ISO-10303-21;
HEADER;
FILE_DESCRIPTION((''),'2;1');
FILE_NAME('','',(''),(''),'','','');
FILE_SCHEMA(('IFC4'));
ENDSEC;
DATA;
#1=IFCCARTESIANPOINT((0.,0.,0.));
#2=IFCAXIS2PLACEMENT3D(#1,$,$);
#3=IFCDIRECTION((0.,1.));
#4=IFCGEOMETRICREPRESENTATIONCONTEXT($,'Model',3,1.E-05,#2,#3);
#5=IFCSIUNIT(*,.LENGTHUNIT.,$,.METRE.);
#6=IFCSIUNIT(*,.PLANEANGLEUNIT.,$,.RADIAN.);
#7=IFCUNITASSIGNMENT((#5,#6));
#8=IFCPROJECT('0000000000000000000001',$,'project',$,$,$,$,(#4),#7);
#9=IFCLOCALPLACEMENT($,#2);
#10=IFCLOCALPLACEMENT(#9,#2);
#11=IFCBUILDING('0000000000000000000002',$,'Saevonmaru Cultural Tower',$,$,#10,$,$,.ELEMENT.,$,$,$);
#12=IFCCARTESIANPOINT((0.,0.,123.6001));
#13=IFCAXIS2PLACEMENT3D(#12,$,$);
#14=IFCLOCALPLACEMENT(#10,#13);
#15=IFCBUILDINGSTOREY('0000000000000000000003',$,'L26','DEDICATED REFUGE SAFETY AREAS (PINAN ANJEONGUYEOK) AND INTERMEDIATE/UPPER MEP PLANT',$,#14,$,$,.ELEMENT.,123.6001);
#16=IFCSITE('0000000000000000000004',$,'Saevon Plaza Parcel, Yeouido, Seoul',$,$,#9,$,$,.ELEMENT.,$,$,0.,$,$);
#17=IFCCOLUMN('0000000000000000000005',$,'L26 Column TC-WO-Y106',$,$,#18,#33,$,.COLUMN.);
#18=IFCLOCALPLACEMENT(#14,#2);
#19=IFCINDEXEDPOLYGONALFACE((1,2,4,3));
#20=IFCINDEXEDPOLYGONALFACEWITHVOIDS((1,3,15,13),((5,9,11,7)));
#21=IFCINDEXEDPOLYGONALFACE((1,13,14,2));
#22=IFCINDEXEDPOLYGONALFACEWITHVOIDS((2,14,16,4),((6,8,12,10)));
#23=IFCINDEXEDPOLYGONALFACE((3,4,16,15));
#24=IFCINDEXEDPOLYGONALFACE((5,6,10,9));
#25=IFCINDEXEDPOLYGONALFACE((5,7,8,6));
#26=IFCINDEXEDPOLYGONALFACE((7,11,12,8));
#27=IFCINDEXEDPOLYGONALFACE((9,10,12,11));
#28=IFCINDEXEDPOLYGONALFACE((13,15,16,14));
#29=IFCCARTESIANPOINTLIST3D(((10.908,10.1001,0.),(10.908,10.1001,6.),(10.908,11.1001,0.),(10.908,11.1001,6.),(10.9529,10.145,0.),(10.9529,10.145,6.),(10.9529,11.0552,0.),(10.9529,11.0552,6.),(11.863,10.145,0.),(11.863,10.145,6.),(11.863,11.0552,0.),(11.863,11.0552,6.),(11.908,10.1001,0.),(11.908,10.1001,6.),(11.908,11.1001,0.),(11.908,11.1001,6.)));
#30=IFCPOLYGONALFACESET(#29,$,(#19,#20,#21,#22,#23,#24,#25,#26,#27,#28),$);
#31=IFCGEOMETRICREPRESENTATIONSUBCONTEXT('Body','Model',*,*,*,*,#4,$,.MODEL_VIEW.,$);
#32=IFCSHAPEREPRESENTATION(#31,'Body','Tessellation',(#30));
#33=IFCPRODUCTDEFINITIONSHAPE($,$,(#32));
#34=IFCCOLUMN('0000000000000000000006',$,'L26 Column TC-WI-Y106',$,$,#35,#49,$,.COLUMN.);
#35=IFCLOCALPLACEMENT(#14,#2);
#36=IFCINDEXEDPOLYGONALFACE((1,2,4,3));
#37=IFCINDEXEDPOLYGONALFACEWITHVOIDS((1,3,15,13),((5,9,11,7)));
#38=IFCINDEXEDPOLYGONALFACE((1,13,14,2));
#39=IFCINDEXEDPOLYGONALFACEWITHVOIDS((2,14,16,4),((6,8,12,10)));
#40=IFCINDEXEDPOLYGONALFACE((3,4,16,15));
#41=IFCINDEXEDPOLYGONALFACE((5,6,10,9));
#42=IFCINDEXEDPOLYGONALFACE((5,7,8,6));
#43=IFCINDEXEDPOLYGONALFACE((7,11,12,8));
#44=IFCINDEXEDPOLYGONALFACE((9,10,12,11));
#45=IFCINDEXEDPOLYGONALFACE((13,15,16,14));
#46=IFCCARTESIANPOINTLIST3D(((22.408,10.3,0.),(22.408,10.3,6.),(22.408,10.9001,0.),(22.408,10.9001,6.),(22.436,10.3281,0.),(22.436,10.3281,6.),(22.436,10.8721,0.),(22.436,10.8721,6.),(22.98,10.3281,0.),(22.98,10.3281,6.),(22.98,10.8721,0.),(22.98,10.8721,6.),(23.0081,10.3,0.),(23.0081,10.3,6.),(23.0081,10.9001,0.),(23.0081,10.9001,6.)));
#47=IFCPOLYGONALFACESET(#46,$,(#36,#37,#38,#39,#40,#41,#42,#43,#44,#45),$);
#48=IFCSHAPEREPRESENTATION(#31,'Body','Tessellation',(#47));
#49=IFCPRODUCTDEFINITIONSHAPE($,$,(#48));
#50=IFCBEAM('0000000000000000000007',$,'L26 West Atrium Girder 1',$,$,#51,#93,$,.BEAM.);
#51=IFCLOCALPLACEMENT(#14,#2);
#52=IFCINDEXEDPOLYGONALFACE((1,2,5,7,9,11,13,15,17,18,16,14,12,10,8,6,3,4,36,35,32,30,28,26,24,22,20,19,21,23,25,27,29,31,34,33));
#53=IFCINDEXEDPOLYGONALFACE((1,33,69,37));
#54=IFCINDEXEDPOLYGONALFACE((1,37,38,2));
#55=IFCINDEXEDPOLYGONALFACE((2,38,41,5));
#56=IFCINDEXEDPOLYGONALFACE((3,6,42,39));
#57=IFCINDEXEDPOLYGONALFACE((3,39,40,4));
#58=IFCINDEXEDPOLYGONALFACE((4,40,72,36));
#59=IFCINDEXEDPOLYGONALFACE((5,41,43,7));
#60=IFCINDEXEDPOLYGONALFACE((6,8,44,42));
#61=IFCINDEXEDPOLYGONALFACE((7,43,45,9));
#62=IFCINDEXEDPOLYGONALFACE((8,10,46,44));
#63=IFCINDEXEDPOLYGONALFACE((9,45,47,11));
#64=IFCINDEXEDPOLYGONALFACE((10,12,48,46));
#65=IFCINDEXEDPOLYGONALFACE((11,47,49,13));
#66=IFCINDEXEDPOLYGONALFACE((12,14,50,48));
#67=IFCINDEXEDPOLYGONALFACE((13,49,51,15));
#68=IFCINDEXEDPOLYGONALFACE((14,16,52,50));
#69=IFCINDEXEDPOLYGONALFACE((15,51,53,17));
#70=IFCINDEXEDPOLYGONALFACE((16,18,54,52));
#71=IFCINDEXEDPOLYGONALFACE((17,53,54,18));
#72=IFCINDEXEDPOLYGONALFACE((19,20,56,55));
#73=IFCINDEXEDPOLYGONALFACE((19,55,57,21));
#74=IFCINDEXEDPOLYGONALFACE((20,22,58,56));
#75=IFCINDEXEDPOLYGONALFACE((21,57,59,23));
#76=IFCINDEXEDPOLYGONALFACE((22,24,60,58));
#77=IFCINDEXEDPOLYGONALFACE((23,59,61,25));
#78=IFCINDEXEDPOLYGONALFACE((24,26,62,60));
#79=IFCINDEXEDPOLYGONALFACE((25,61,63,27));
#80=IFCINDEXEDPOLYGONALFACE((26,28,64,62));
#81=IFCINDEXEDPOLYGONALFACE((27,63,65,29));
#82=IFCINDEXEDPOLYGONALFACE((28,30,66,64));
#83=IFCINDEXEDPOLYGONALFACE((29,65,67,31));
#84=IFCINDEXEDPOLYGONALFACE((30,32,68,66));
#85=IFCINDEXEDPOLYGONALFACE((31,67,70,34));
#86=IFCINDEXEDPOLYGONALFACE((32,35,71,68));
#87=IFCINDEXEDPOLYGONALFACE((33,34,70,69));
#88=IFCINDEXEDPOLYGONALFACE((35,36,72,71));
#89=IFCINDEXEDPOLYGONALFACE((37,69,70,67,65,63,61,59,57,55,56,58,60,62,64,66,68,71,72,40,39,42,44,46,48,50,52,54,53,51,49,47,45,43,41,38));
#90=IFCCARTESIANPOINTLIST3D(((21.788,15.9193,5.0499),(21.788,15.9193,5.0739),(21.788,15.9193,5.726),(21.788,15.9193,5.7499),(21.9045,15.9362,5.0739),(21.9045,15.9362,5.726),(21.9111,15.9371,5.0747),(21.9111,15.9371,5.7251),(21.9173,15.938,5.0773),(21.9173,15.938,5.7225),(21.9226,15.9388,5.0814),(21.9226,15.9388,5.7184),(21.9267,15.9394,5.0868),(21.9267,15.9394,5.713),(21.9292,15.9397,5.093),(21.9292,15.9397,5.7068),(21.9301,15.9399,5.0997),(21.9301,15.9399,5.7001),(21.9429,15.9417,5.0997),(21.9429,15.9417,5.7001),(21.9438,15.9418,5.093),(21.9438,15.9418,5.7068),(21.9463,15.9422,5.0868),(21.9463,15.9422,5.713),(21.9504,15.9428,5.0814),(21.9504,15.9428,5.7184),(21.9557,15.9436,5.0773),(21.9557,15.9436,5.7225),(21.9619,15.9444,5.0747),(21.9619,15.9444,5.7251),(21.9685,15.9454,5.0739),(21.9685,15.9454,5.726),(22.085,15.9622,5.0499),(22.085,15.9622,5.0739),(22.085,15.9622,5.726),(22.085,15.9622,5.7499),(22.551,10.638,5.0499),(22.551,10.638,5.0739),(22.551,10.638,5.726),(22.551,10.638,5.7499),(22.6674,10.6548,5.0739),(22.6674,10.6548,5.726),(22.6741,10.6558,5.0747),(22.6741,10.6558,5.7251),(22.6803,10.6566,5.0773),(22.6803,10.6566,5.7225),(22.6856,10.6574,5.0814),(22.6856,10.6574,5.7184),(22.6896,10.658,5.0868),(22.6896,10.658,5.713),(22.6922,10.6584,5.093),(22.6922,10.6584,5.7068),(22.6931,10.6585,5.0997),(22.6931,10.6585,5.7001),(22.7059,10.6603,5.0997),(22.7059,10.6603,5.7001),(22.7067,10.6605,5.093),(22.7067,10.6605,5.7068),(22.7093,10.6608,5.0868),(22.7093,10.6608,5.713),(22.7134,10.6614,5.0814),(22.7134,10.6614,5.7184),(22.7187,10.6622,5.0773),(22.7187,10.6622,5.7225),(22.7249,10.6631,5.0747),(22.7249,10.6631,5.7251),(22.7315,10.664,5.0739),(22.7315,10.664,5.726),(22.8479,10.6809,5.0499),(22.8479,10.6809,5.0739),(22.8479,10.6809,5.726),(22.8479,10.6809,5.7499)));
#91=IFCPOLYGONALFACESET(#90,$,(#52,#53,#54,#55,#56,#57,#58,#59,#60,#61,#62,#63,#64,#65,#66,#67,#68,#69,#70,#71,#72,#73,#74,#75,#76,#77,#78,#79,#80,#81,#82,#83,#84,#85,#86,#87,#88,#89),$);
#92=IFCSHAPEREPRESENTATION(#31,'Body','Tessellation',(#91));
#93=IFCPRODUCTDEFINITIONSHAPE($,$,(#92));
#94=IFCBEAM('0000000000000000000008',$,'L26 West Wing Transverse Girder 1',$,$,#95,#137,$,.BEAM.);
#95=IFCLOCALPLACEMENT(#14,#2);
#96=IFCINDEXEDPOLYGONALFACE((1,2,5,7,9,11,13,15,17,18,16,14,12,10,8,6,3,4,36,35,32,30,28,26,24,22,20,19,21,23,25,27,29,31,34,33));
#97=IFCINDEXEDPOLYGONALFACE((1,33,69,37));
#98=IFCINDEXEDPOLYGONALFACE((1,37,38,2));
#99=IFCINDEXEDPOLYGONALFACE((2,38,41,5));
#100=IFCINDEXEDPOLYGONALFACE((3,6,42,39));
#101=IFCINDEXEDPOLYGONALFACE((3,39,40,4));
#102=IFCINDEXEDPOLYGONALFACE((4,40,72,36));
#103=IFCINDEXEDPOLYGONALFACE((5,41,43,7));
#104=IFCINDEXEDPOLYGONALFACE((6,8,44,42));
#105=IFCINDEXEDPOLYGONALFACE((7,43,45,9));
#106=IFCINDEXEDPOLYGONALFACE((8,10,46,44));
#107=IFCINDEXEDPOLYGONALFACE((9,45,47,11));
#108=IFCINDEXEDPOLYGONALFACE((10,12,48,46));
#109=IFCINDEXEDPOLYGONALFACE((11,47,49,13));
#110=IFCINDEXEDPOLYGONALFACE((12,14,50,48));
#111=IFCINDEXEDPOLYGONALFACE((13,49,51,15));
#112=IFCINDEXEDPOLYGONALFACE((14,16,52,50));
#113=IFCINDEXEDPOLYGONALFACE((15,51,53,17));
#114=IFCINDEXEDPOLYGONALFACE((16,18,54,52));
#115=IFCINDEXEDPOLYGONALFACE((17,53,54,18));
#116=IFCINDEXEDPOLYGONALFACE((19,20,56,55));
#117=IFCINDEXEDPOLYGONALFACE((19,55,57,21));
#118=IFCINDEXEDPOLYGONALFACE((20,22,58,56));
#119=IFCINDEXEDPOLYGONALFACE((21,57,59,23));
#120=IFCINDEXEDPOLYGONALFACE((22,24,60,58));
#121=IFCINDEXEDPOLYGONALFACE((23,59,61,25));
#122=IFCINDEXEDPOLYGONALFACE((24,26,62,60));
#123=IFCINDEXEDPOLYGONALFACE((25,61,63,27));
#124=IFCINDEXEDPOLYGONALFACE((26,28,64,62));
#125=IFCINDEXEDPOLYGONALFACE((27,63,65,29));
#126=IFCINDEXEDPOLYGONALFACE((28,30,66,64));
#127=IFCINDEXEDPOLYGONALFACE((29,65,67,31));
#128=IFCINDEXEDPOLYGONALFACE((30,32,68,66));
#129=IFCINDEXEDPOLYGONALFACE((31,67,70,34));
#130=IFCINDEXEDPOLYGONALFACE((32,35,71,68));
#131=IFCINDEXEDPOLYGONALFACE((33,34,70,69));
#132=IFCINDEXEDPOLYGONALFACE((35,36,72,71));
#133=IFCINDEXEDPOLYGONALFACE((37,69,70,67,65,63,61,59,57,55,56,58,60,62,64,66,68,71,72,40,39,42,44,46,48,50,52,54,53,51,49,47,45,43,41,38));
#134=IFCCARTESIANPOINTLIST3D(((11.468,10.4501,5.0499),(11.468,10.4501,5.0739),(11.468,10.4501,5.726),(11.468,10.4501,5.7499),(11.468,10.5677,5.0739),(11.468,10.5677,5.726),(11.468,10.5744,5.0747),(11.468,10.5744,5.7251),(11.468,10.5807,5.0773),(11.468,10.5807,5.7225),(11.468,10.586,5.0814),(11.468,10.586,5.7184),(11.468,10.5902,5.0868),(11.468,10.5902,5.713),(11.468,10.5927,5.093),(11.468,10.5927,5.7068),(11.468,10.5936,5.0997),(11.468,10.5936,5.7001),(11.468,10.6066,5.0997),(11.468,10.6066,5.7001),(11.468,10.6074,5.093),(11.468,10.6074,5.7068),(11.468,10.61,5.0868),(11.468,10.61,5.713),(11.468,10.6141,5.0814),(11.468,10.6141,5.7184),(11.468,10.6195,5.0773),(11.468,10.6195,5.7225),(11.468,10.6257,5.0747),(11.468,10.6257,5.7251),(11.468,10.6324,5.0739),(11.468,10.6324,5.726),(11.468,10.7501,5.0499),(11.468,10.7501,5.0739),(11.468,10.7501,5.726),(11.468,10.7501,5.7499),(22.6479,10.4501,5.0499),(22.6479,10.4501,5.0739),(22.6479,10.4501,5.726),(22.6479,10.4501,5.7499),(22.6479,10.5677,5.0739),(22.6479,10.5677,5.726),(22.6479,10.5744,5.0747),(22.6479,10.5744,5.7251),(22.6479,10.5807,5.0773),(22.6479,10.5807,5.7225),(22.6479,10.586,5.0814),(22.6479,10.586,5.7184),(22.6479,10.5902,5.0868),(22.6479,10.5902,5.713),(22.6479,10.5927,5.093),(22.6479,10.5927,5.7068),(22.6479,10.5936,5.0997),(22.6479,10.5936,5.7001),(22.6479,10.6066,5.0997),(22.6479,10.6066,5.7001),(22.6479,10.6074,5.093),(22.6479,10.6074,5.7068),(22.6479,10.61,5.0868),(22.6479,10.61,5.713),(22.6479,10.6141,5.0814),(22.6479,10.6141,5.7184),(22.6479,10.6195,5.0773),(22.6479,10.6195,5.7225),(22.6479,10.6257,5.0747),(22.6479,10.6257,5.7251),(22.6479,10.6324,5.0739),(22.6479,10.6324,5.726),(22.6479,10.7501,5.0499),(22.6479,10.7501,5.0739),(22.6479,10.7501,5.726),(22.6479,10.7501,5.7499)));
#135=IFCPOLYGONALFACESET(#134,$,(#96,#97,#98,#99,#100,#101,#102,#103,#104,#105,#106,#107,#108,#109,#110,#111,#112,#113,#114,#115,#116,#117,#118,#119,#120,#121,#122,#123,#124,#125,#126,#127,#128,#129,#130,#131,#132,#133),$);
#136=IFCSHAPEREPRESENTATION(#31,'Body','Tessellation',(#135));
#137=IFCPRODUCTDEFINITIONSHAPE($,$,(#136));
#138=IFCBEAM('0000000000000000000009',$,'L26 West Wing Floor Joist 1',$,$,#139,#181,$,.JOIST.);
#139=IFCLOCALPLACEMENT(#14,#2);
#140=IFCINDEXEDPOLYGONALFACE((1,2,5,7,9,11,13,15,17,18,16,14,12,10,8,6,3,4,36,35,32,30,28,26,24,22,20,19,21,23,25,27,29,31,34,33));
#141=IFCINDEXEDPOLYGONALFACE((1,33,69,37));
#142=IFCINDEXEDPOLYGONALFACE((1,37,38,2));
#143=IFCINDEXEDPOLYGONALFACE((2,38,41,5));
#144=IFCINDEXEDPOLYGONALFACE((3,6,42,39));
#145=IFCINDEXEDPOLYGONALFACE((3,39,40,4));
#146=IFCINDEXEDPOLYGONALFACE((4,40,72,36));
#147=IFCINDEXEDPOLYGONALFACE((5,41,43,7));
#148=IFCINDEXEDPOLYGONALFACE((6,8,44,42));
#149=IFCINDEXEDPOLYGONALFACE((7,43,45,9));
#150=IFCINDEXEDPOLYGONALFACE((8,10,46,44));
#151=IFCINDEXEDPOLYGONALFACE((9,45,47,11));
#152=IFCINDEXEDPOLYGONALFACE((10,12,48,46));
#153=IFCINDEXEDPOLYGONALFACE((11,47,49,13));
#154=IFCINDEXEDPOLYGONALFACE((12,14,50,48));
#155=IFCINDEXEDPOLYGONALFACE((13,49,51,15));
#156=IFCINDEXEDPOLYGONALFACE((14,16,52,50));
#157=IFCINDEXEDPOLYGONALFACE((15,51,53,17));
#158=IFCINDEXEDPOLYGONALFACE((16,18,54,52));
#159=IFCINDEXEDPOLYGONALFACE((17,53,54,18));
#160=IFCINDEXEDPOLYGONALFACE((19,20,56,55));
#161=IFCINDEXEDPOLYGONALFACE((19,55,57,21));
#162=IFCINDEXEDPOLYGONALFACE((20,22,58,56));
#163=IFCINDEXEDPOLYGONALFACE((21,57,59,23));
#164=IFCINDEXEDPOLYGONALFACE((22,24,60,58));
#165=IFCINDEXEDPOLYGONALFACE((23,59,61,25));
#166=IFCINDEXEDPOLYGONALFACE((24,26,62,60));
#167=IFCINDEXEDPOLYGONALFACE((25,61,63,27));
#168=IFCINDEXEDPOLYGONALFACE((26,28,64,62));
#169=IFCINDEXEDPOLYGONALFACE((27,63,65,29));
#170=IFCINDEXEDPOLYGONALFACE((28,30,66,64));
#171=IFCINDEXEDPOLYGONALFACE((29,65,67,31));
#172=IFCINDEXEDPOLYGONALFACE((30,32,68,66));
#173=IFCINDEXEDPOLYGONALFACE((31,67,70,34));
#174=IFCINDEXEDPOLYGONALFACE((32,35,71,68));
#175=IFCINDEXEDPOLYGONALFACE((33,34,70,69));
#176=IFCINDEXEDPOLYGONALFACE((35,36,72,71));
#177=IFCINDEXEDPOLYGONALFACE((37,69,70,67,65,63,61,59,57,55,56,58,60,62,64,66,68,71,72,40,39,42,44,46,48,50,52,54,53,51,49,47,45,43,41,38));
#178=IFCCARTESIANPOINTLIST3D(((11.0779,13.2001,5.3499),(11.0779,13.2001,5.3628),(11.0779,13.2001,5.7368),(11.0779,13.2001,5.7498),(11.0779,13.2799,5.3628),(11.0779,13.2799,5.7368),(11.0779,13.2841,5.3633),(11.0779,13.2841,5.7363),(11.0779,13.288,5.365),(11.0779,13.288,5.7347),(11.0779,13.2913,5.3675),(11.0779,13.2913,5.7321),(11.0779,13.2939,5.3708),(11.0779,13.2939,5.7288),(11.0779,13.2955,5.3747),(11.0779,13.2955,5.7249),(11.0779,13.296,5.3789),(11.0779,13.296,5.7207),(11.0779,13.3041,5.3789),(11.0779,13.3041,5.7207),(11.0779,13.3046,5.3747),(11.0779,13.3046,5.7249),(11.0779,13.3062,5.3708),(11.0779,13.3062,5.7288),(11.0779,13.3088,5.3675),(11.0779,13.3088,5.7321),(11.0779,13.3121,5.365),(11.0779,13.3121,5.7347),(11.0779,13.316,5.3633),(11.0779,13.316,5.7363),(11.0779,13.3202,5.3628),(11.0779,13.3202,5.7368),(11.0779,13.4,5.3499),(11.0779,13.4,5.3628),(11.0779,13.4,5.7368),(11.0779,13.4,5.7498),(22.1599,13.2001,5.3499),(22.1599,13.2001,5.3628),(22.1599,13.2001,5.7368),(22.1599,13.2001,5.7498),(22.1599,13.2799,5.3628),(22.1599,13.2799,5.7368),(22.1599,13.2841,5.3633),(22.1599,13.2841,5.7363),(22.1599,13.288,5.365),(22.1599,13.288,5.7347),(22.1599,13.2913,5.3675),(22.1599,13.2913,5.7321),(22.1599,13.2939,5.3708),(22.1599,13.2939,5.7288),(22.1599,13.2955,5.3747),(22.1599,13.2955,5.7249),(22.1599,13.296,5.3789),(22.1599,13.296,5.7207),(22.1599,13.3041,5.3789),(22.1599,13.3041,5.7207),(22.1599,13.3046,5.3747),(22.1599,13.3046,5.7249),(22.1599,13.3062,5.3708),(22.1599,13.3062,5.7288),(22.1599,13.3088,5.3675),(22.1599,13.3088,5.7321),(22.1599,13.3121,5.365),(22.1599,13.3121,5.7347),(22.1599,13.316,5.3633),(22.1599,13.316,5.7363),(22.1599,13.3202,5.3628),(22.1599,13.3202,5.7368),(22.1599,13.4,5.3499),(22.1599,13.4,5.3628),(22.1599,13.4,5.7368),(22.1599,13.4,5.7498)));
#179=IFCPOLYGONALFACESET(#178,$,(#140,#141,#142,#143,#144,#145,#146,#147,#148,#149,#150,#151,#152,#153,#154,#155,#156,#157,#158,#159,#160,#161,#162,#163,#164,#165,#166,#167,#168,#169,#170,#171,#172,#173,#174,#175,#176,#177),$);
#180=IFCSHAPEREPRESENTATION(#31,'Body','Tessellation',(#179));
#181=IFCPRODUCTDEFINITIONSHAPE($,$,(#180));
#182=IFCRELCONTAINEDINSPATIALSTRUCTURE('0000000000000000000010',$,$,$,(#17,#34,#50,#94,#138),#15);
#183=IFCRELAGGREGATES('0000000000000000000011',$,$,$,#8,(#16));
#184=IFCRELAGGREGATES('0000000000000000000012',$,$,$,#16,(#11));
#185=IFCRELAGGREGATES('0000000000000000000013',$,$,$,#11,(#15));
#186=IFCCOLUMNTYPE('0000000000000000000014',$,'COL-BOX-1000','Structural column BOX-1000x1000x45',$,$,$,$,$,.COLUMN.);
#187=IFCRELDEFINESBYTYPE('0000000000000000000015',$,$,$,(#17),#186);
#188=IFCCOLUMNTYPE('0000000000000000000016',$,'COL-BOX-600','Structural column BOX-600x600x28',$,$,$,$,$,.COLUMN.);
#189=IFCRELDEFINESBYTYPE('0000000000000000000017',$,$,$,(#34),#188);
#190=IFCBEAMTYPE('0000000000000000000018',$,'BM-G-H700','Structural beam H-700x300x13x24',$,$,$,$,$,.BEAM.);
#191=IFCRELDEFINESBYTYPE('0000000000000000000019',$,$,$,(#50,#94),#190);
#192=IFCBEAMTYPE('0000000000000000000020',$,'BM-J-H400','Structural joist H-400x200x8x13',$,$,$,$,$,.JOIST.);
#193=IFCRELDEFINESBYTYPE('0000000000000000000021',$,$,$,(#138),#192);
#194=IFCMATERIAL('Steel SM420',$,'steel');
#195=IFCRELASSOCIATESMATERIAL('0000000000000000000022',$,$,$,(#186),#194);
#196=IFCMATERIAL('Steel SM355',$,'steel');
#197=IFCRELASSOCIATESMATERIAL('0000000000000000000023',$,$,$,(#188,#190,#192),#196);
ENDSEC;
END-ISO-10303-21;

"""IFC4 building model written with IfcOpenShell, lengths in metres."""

from ifc_helpers import new_model, si_unit, direction, frame, origin, origin_2d, place, context, subcontext, project, spatial, hollow_rectangle, i_section, extrude, material, material_profile, profile_set, type_object, element, save


model = new_model("IFC4")

# Units and contexts
model_context = context("Model", 3, precision=1e-05, world=origin(), true_north=direction((0.0, 1.0)))
body_context = subcontext(model_context, "Body", "Model", "MODEL_VIEW")
ifc_project = project(units=[si_unit("LENGTHUNIT", "METRE"), si_unit("PLANEANGLEUNIT", "RADIAN")], contexts=[model_context])

# Site, building, storey
site_placement = place(None, origin())
site = spatial("IfcSite", under=ifc_project, at=site_placement, Name="Saevon Plaza Parcel, Yeouido, Seoul", CompositionType="ELEMENT", RefElevation=0.0)
building_placement = place(site_placement, origin())
building = spatial("IfcBuilding", under=site, at=building_placement, Name="Saevonmaru Cultural Tower", CompositionType="ELEMENT")
storey_placement = place(building_placement, frame((0.0, 0.0, 123.6001)))
storey = spatial("IfcBuildingStorey", under=building, at=storey_placement, Name="L26", Description="DEDICATED REFUGE SAFETY AREAS (PINAN ANJEONGUYEOK) AND INTERMEDIATE/UPPER MEP PLANT", CompositionType="ELEMENT", Elevation=123.6001)

# Columns
ifc_material_1 = material(Name="Steel SM420", Category="steel")
ifc_material_profile_1 = material_profile(ifc_material_1, hollow_rectangle(XDim=1.0, YDim=1.0, WallThickness=0.0449, at=origin_2d()), Name="BOX-1000x1000x45")
ifc_profile_set_1 = profile_set([ifc_material_profile_1], Name="Steel SM420")
column_type_1 = type_object("IfcColumnType", Name="COL-BOX-1000", Description="Structural column BOX-1000x1000x45", PredefinedType="COLUMN", material=ifc_profile_set_1)
column_1_placement = place(storey_placement, frame((11.408, 10.6001, 0.0), z_axis=(0.0, 0.0, 1.0), x_axis=(1.0, 0.0, 0.0)))
element("IfcColumn", 1, at=column_1_placement, inside=storey, type_object=column_type_1, Name="L26 Column TC-WO-Y106", PredefinedType="COLUMN", context=body_context, shape_type="SweptSolid", body=[
    extrude(hollow_rectangle(XDim=1.0, YDim=1.0, WallThickness=0.0449, at=origin_2d()), origin(), (0.0, 0.0, 1.0), 6.0),
])
ifc_material_2 = material(Name="Steel SM355", Category="steel")
ifc_material_profile_2 = material_profile(ifc_material_2, hollow_rectangle(XDim=0.6001, YDim=0.6001, WallThickness=0.0281, at=origin_2d()), Name="BOX-600x600x28")
ifc_profile_set_2 = profile_set([ifc_material_profile_2], Name="Steel SM355")
column_type_2 = type_object("IfcColumnType", Name="COL-BOX-600", Description="Structural column BOX-600x600x28", PredefinedType="COLUMN", material=ifc_profile_set_2)
column_2_placement = place(storey_placement, frame((22.708, 10.6001, 0.0), z_axis=(0.0, 0.0, 1.0), x_axis=(1.0, 0.0, 0.0)))
element("IfcColumn", 2, at=column_2_placement, inside=storey, type_object=column_type_2, Name="L26 Column TC-WI-Y106", PredefinedType="COLUMN", context=body_context, shape_type="SweptSolid", body=[
    extrude(hollow_rectangle(XDim=0.6001, YDim=0.6001, WallThickness=0.0281, at=origin_2d()), origin(), (0.0, 0.0, 1.0), 6.0),
])

# Beams
ifc_material_profile_3 = material_profile(ifc_material_2, i_section(OverallWidth=0.3, OverallDepth=0.7, WebThickness=0.0129, FlangeThickness=0.0239, FilletRadius=0.0259, at=origin_2d()), Name="H-700x300x13x24")
ifc_profile_set_3 = profile_set([ifc_material_profile_3], Name="Steel SM355")
beam_type_1 = type_object("IfcBeamType", Name="BM-G-H700", Description="Structural beam H-700x300x13x24", PredefinedType="BEAM", material=ifc_profile_set_3)
beam_1_placement = place(storey_placement, frame((22.6995, 10.6594, 5.3999), z_axis=(-0.142978, 0.989726, 0.0), x_axis=(-0.989726, -0.142978, 0.0)))
element("IfcBeam", 3, at=beam_1_placement, inside=storey, type_object=beam_type_1, Name="L26 West Atrium Girder 1", PredefinedType="BEAM", context=body_context, shape_type="SweptSolid", body=[
    extrude(i_section(OverallWidth=0.3, OverallDepth=0.7, WebThickness=0.0129, FlangeThickness=0.0239, FilletRadius=0.0259, at=origin_2d()), origin(), (0.0, 0.0, 1.0), 5.3362),
])
beam_2_placement = place(storey_placement, frame((11.468, 10.6001, 5.3999), z_axis=(1.0, 0.0, 0.0), x_axis=(0.0, 1.0, 0.0)))
element("IfcBeam", 4, at=beam_2_placement, inside=storey, type_object=beam_type_1, Name="L26 West Wing Transverse Girder 1", PredefinedType="BEAM", context=body_context, shape_type="SweptSolid", body=[
    extrude(i_section(OverallWidth=0.3, OverallDepth=0.7, WebThickness=0.0129, FlangeThickness=0.0239, FilletRadius=0.0259, at=origin_2d()), origin(), (0.0, 0.0, 1.0), 11.1799),
])
ifc_material_profile_4 = material_profile(ifc_material_2, i_section(OverallWidth=0.2, OverallDepth=0.3999, WebThickness=0.0081, FlangeThickness=0.0129, FilletRadius=0.0161, at=origin_2d()), Name="H-400x200x8x13")
ifc_profile_set_4 = profile_set([ifc_material_profile_4], Name="Steel SM355")
beam_type_2 = type_object("IfcBeamType", Name="BM-J-H400", Description="Structural joist H-400x200x8x13", PredefinedType="JOIST", material=ifc_profile_set_4)
beam_3_placement = place(storey_placement, frame((11.0779, 13.3, 5.5498), z_axis=(1.0, 0.0, 0.0), x_axis=(0.0, 1.0, 0.0)))
element("IfcBeam", 5, at=beam_3_placement, inside=storey, type_object=beam_type_2, Name="L26 West Wing Floor Joist 1", PredefinedType="JOIST", context=body_context, shape_type="SweptSolid", body=[
    extrude(i_section(OverallWidth=0.2, OverallDepth=0.3999, WebThickness=0.0081, FlangeThickness=0.0129, FilletRadius=0.0161, at=origin_2d()), origin(), (0.0, 0.0, 1.0), 11.082),
])

save(model, "model.ifc")
